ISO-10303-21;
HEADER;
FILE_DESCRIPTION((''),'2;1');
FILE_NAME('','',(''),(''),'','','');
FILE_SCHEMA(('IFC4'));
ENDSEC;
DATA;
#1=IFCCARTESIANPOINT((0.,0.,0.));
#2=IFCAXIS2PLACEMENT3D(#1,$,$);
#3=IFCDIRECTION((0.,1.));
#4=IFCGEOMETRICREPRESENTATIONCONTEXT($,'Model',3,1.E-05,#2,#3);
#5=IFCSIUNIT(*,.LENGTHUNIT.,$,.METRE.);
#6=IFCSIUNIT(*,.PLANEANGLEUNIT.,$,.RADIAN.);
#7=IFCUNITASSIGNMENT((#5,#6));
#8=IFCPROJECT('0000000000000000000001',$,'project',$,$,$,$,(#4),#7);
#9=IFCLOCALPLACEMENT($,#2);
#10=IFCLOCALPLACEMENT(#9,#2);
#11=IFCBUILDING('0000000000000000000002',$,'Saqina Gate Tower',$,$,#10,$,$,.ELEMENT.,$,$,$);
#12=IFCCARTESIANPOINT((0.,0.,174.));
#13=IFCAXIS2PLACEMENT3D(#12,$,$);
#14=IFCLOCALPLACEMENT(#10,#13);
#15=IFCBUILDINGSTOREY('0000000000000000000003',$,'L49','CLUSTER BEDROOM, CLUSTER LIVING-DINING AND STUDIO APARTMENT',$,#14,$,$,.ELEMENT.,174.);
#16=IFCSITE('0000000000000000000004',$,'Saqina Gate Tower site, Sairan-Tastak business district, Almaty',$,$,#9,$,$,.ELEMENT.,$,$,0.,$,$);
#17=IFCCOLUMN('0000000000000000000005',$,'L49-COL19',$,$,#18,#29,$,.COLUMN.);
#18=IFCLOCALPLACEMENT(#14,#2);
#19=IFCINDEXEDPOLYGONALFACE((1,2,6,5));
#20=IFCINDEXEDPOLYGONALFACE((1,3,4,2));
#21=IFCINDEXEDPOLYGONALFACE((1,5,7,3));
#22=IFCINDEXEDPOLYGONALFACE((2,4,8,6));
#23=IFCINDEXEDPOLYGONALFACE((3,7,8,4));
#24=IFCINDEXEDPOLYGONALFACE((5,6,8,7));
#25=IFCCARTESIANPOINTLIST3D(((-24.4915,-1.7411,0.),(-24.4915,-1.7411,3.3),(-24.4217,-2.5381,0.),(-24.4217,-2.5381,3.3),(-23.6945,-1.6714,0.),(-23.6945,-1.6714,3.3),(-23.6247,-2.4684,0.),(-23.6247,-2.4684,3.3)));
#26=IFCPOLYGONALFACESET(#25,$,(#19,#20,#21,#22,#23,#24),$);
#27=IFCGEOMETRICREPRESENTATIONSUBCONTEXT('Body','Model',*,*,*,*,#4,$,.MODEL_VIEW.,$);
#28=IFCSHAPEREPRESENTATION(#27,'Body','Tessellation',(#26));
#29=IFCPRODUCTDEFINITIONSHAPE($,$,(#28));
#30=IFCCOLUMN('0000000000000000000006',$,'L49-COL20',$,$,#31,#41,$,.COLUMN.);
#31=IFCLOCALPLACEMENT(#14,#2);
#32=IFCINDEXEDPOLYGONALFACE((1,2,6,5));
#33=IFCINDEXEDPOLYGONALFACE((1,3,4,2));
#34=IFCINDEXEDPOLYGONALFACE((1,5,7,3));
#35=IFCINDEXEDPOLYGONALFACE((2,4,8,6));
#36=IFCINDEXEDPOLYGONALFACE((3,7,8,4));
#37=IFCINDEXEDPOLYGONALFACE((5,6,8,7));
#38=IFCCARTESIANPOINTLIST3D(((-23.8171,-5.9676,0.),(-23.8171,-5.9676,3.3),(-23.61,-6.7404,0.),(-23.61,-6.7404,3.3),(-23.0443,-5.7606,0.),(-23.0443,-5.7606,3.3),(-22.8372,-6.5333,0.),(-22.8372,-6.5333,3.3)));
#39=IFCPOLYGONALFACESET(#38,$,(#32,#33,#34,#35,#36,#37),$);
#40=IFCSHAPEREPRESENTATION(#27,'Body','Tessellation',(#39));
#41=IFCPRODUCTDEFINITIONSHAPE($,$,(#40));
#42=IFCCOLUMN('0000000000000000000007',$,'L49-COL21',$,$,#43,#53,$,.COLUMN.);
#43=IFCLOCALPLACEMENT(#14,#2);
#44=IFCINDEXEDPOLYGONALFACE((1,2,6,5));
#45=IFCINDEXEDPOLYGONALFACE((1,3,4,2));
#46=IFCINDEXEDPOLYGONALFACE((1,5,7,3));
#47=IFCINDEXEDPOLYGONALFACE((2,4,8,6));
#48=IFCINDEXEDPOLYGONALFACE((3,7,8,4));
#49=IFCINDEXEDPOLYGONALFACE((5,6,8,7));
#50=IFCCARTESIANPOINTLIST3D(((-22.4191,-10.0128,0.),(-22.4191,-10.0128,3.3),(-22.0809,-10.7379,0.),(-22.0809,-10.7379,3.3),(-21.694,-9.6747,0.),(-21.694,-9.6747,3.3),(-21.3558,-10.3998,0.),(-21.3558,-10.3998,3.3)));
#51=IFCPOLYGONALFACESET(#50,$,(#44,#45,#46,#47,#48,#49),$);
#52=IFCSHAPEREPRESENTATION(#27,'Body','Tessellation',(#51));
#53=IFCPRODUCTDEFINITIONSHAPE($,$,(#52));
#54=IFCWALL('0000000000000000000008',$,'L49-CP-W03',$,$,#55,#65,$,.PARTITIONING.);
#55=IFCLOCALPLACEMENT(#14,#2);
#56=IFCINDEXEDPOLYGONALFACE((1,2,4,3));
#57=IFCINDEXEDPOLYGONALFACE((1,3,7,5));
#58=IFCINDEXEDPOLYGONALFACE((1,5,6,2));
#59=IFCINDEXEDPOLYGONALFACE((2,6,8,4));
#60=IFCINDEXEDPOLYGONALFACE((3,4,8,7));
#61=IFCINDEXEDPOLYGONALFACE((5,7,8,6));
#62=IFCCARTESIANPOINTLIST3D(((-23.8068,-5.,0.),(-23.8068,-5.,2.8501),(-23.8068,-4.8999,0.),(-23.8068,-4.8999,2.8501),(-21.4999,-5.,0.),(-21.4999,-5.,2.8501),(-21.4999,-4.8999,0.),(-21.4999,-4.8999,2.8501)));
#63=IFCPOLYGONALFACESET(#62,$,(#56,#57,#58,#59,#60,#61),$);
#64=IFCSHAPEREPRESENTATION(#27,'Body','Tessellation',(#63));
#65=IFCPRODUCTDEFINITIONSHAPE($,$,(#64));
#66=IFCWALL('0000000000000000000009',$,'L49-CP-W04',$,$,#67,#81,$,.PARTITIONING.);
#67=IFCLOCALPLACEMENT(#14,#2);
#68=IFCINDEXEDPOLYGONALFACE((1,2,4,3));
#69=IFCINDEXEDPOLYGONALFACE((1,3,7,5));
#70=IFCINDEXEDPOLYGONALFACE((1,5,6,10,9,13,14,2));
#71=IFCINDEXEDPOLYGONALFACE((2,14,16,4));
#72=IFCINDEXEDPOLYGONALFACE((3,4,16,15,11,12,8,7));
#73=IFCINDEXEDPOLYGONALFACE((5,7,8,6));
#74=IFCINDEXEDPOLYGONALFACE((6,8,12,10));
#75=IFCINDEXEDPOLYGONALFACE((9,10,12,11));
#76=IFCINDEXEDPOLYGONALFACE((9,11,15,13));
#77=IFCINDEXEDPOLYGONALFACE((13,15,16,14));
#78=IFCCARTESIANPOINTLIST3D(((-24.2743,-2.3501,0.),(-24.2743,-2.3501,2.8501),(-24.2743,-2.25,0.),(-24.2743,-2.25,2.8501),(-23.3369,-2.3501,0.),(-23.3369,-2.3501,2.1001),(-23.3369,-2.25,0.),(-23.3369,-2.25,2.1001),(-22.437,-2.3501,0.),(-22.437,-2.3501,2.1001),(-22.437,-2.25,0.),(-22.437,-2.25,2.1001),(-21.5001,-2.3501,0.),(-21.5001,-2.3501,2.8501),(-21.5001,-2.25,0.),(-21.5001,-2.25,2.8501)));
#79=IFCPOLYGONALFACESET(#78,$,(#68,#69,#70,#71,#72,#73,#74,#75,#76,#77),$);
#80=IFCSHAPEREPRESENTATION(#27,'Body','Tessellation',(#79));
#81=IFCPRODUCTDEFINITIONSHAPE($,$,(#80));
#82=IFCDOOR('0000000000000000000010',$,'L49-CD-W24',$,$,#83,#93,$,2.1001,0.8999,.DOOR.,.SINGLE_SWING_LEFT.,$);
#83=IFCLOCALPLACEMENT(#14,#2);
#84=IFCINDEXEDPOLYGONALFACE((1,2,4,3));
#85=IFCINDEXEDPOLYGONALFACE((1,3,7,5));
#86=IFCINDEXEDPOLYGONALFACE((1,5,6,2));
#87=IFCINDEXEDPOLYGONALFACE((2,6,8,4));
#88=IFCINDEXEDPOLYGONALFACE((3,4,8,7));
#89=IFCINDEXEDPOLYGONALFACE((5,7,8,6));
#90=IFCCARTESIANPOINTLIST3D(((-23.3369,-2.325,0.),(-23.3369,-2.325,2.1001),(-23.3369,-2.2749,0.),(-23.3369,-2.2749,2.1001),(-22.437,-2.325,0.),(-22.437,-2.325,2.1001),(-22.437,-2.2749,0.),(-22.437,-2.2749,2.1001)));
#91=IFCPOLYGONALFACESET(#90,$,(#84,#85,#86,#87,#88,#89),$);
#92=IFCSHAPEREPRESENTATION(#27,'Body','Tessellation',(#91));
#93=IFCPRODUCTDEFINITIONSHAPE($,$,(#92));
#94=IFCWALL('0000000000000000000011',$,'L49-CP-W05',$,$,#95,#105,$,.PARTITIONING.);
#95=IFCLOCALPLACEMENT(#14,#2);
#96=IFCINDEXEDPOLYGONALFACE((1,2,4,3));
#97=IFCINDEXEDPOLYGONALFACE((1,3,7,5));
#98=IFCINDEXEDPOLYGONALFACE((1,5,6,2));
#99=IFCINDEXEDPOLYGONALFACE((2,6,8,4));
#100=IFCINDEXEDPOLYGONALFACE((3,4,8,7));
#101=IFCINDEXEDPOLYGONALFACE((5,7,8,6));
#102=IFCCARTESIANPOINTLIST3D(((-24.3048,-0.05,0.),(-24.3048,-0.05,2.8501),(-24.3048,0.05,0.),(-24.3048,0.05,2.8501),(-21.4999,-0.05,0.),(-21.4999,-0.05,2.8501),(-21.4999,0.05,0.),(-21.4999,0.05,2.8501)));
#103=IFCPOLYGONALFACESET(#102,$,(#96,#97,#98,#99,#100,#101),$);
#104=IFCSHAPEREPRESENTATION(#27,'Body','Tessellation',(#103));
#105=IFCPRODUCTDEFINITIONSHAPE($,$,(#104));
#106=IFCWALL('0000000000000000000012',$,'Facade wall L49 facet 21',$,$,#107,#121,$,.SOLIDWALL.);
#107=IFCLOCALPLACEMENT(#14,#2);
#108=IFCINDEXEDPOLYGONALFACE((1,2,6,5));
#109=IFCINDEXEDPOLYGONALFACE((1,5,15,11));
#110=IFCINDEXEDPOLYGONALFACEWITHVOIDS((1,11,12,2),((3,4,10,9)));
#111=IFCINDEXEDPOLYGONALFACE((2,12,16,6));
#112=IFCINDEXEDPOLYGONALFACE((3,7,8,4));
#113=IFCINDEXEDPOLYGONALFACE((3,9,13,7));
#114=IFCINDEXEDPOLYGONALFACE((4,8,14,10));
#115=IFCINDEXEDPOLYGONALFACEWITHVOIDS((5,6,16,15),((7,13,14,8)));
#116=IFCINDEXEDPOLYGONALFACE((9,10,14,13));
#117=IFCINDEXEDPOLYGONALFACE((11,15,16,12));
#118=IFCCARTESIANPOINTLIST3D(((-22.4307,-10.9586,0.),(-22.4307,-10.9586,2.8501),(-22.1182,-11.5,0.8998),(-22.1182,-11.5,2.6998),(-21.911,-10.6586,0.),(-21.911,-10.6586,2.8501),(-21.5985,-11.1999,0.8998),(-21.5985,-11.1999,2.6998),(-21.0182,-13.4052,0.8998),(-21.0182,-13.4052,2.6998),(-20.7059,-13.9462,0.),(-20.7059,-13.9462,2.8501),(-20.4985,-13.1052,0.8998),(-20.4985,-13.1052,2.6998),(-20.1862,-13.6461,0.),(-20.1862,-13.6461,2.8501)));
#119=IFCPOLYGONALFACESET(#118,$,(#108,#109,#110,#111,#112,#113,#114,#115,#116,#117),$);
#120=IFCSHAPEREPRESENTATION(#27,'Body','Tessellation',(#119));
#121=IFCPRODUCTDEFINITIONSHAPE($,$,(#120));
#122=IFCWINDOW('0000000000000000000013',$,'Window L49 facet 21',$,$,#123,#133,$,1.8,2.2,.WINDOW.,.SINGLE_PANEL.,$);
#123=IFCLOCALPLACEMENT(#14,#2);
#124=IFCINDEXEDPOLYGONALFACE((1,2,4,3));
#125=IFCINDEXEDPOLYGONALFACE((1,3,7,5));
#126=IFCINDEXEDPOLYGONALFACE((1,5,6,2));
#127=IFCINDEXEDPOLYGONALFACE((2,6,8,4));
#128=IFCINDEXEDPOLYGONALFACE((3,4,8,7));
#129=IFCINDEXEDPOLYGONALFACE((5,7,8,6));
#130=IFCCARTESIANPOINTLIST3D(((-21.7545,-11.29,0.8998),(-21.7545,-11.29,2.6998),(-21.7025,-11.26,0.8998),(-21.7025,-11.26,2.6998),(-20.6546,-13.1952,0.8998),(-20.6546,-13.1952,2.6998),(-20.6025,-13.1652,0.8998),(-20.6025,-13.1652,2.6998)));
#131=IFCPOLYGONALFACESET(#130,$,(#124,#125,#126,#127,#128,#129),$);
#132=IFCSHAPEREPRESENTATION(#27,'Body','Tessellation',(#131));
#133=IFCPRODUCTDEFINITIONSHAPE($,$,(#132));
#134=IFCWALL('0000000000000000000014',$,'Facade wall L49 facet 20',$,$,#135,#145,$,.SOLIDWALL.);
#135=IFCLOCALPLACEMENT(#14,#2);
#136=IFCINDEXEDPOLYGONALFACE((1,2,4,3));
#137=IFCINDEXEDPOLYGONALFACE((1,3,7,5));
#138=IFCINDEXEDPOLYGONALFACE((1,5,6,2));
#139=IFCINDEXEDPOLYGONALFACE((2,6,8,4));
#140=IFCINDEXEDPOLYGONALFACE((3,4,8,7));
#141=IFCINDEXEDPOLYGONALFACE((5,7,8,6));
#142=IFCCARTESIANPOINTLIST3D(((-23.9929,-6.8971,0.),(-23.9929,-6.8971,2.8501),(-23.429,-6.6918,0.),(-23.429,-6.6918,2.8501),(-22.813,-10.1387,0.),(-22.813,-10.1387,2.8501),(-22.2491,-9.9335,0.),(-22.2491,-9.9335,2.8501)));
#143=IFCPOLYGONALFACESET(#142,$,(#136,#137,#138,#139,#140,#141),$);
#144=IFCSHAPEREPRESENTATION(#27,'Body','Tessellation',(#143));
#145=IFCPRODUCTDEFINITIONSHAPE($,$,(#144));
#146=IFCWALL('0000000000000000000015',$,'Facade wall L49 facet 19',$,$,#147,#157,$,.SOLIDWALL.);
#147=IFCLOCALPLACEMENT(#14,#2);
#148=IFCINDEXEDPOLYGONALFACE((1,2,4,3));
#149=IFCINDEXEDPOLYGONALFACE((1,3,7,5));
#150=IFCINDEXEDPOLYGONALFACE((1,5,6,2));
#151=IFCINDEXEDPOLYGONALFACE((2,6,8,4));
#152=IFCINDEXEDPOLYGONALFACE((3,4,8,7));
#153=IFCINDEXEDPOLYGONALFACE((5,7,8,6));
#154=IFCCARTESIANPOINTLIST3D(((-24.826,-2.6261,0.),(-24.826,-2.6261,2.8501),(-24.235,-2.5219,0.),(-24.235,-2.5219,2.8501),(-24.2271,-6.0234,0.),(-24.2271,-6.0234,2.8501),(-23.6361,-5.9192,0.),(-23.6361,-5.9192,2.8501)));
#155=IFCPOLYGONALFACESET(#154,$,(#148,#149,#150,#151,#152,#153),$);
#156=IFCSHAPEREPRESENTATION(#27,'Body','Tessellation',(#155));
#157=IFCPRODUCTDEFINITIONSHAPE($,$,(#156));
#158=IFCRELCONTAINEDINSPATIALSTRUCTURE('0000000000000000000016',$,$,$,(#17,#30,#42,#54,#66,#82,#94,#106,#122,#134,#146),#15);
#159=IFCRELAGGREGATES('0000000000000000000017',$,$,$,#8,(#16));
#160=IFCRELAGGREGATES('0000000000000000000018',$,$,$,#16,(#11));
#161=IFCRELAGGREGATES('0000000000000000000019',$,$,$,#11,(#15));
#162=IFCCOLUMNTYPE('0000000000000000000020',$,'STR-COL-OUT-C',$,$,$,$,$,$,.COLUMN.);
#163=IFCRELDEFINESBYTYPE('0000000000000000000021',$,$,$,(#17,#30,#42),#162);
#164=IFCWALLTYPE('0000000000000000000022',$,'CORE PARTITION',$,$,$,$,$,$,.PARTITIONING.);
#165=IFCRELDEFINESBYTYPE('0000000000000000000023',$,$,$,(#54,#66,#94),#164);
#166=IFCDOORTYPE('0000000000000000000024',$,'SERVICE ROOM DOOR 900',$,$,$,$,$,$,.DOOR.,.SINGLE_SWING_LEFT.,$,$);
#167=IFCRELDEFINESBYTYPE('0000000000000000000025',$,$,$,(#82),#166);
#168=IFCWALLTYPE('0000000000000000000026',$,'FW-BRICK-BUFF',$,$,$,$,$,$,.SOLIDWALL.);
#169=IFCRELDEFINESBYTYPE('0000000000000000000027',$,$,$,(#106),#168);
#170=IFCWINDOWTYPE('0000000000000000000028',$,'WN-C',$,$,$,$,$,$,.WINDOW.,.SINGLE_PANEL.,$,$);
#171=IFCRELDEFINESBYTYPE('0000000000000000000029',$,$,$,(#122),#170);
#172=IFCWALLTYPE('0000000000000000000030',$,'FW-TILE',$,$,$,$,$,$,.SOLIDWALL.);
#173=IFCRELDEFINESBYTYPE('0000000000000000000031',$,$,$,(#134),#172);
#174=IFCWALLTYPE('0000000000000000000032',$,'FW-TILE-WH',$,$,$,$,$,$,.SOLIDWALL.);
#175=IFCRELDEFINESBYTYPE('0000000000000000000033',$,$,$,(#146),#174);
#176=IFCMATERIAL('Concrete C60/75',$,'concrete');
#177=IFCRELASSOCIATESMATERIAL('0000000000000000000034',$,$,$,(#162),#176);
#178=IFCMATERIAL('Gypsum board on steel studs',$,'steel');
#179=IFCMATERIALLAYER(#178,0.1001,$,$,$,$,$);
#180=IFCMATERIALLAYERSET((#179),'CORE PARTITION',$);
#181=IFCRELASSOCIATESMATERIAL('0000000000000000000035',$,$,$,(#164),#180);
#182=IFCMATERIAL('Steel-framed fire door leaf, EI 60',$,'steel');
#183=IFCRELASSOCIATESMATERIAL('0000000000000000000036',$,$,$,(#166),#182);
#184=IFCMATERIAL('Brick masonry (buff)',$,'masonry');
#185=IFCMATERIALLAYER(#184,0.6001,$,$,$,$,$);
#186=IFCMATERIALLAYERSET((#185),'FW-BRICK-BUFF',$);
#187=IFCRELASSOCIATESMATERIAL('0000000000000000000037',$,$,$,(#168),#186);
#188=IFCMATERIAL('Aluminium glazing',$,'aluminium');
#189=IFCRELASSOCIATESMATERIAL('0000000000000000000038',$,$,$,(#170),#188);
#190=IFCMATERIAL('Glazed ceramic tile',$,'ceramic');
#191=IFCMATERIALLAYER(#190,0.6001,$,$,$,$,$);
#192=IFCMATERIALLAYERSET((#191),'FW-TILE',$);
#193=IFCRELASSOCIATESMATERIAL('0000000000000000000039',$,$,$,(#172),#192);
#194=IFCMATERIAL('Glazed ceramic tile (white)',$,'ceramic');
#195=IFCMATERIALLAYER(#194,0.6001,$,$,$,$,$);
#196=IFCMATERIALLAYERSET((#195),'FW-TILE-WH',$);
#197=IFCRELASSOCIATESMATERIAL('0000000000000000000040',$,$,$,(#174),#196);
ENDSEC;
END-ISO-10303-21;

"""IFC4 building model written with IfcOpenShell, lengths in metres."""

from ifc_helpers import new_model, si_unit, direction, frame, frame_2d, origin, origin_2d, place, context, subcontext, project, spatial, rectangle, extrude, material, layer, layer_set, material_profile, profile_set, type_object, element, fill, save


model = new_model("IFC4")

# Units and contexts
model_context = context("Model", 3, precision=1e-05, world=origin(), true_north=direction((0.0, 1.0)))
body_context = subcontext(model_context, "Body", "Model", "MODEL_VIEW")
ifc_project = project(units=[si_unit("LENGTHUNIT", "METRE"), si_unit("PLANEANGLEUNIT", "RADIAN")], contexts=[model_context])

# Site, building, storey
site_placement = place(None, origin())
site = spatial("IfcSite", under=ifc_project, at=site_placement, Name="Saqina Gate Tower site, Sairan-Tastak business district, Almaty", CompositionType="ELEMENT", RefElevation=0.0)
building_placement = place(site_placement, origin())
building = spatial("IfcBuilding", under=site, at=building_placement, Name="Saqina Gate Tower", CompositionType="ELEMENT")
storey_placement = place(building_placement, frame((0.0, 0.0, 174.0)))
storey = spatial("IfcBuildingStorey", under=building, at=storey_placement, Name="L49", Description="CLUSTER BEDROOM, CLUSTER LIVING-DINING AND STUDIO APARTMENT", CompositionType="ELEMENT", Elevation=174.0)

# Columns
ifc_material_1 = material(Name="Concrete C60/75", Category="concrete")
ifc_material_profile = material_profile(ifc_material_1, rectangle(XDim=0.8, YDim=0.8, at=origin_2d()), Name="RC 800x800")
ifc_profile_set = profile_set([ifc_material_profile], Name="Concrete C60/75")
column_type = type_object("IfcColumnType", Name="STR-COL-OUT-C", PredefinedType="COLUMN", material=ifc_profile_set)
for number, where, z_axis, x_axis, name in (
    (1, (-24.0581, -2.1047, 0.0), (0.0, 0.0, 1.0), (-0.996195, -0.087156, 0.0), "L49-COL19"),
    (2, (-23.3271, -6.2505, 0.0), (0.0, 0.0, 1.0), (-0.965926, -0.258819, 0.0), "L49-COL20"),
    (3, (-21.8875, -10.2063, 0.0), (0.0, 0.0, 1.0), (-0.906308, -0.422618, 0.0), "L49-COL21"),
):
    element("IfcColumn", number, at=place(storey_placement, frame(where, z_axis=z_axis, x_axis=x_axis)), inside=storey, type_object=column_type, Name=name, PredefinedType="COLUMN", context=body_context, shape_type="SweptSolid", body=[
        extrude(rectangle(XDim=0.8, YDim=0.8, at=origin_2d()), origin(), (0.0, 0.0, 1.0), 3.3),
    ])

# Wall
ifc_material_2 = material(Name="Gypsum board on steel studs", Category="steel")
ifc_layer_1 = layer(ifc_material_2, 0.1001)
ifc_layer_set_1 = layer_set([ifc_layer_1], Name="CORE PARTITION")
wall_type_1 = type_object("IfcWallType", Name="CORE PARTITION", PredefinedType="PARTITIONING", material=ifc_layer_set_1)
wall_1_placement = place(storey_placement, frame((-21.5, -4.95, 0.0), z_axis=(0.0, 0.0, 1.0), x_axis=(-1.0, 0.0, 0.0)))
element("IfcWall", 4, at=wall_1_placement, inside=storey, type_object=wall_type_1, Name="L49-CP-W03", PredefinedType="PARTITIONING", context=body_context, shape_type="SweptSolid", body=[
    extrude(rectangle(XDim=2.3069, YDim=0.1001, at=frame_2d((1.1533, 0.0))), origin(), (0.0, 0.0, 1.0), 2.8501),
])

# Wall, opening, door
wall_2_placement = place(storey_placement, frame((-21.5, -2.3, 0.0), z_axis=(0.0, 0.0, 1.0), x_axis=(-1.0, 0.0, 0.0)))
wall_2 = element("IfcWall", 5, at=wall_2_placement, inside=storey, type_object=wall_type_1, Name="L49-CP-W04", PredefinedType="PARTITIONING", context=body_context, shape_type="SweptSolid", body=[
    extrude(rectangle(XDim=2.7742, YDim=0.1001, at=frame_2d((1.3872, 0.0))), origin(), (0.0, 0.0, 1.0), 2.8501),
])
opening_1_placement = place(wall_2_placement, frame((0.937, 0.0, 0.0)))
opening_1 = element("IfcOpeningElement", 6, at=opening_1_placement, cuts=wall_2, PredefinedType="OPENING", context=body_context, shape_type="SweptSolid", body=[
    extrude(rectangle(XDim=0.8999, YDim=2.1001, at=frame_2d((0.45, 1.05))), frame((0.0, 0.062, 0.0), z_axis=(0.0, -1.0, 0.0), x_axis=(1.0, 0.0, 0.0)), (0.0, 0.0, 1.0), 0.124),
])
ifc_material_3 = material(Name="Steel-framed fire door leaf, EI 60", Category="steel")
door_type_1 = type_object("IfcDoorType", Name="SERVICE ROOM DOOR 900", OperationType="SINGLE_SWING_LEFT", PredefinedType="DOOR", material=ifc_material_3)
door_1_placement = place(opening_1_placement, origin())
door_1 = element("IfcDoor", 7, at=door_1_placement, inside=storey, type_object=door_type_1, Name="L49-CD-W24", OperationType="SINGLE_SWING_LEFT", OverallHeight=2.1001, OverallWidth=0.8999, PredefinedType="DOOR", context=body_context, shape_type="SweptSolid", body=[
    extrude(rectangle(XDim=0.8999, YDim=2.1001, at=frame_2d((0.45, 1.05))), frame((0.0, 0.0249, 0.0), z_axis=(0.0, -1.0, 0.0), x_axis=(1.0, 0.0, 0.0)), (0.0, 0.0, 1.0), 0.05),
])
fill(opening_1, door_1)

# Wall
wall_3_placement = place(storey_placement, frame((-21.5, 0.0, 0.0), z_axis=(0.0, 0.0, 1.0), x_axis=(-1.0, 0.0, 0.0)))
element("IfcWall", 8, at=wall_3_placement, inside=storey, type_object=wall_type_1, Name="L49-CP-W05", PredefinedType="PARTITIONING", context=body_context, shape_type="SweptSolid", body=[
    extrude(rectangle(XDim=2.8049, YDim=0.1001, at=frame_2d((1.4023, 0.0))), origin(), (0.0, 0.0, 1.0), 2.8501),
])

# Wall, opening, window
ifc_material_4 = material(Name="Brick masonry (buff)", Category="masonry")
ifc_layer_2 = layer(ifc_material_4, 0.6001)
ifc_layer_set_2 = layer_set([ifc_layer_2], Name="FW-BRICK-BUFF")
wall_type_2 = type_object("IfcWallType", Name="FW-BRICK-BUFF", PredefinedType="SOLIDWALL", material=ifc_layer_set_2)
wall_4_placement = place(storey_placement, frame((-22.1709, -10.8086, 0.0), z_axis=(0.0, 0.0, 1.0), x_axis=(0.499998, -0.866026, 0.0)))
wall_4 = element("IfcWall", 9, at=wall_4_placement, inside=storey, type_object=wall_type_2, Name="Facade wall L49 facet 21", PredefinedType="SOLIDWALL", context=body_context, shape_type="SweptSolid", body=[
    extrude(rectangle(XDim=3.4497, YDim=0.6001, at=frame_2d((1.7249, 0.0))), origin(), (0.0, 0.0, 1.0), 2.8501),
])
opening_2_placement = place(wall_4_placement, frame((0.625, 0.0, 0.8999)))
opening_2 = element("IfcOpeningElement", 10, at=opening_2_placement, cuts=wall_4, PredefinedType="OPENING", context=body_context, shape_type="SweptSolid", body=[
    extrude(rectangle(XDim=2.2, YDim=1.8, at=frame_2d((1.1001, 0.8999))), frame((0.0, 0.312, 0.0), z_axis=(0.0, -1.0, 0.0), x_axis=(1.0, 0.0, 0.0)), (0.0, 0.0, 1.0), 0.624),
])
ifc_material_5 = material(Name="Aluminium glazing", Category="aluminium")
window_type = type_object("IfcWindowType", Name="WN-C", PartitioningType="SINGLE_PANEL", PredefinedType="WINDOW", material=ifc_material_5)
window_placement = place(opening_2_placement, origin())
window = element("IfcWindow", 11, at=window_placement, inside=storey, type_object=window_type, Name="Window L49 facet 21", OverallHeight=1.8, OverallWidth=2.2, PartitioningType="SINGLE_PANEL", PredefinedType="WINDOW", context=body_context, shape_type="SweptSolid", body=[
    extrude(rectangle(XDim=2.2, YDim=1.8, at=frame_2d((1.1001, 0.8999))), frame((0.0, 0.1799, 0.0), z_axis=(0.0, -1.0, 0.0), x_axis=(1.0, 0.0, 0.0)), (0.0, 0.0, 1.0), 0.0601),
])
fill(opening_2, window)

# Walls
ifc_material_6 = material(Name="Glazed ceramic tile", Category="ceramic")
ifc_layer_3 = layer(ifc_material_6, 0.6001)
ifc_layer_set_3 = layer_set([ifc_layer_3], Name="FW-TILE")
wall_type_3 = type_object("IfcWallType", Name="FW-TILE", PredefinedType="SOLIDWALL", material=ifc_layer_set_3)
wall_5_placement = place(storey_placement, frame((-23.7109, -6.7944, 0.0), z_axis=(0.0, 0.0, 1.0), x_axis=(0.342033, -0.939688, 0.0)))
element("IfcWall", 12, at=wall_5_placement, inside=storey, type_object=wall_type_3, Name="Facade wall L49 facet 20", PredefinedType="SOLIDWALL", context=body_context, shape_type="SweptSolid", body=[
    extrude(rectangle(XDim=3.4497, YDim=0.6001, at=frame_2d((1.7249, 0.0))), origin(), (0.0, 0.0, 1.0), 2.8501),
])
ifc_material_7 = material(Name="Glazed ceramic tile (white)", Category="ceramic")
ifc_layer_4 = layer(ifc_material_7, 0.6001)
ifc_layer_set_4 = layer_set([ifc_layer_4], Name="FW-TILE-WH")
wall_type_4 = type_object("IfcWallType", Name="FW-TILE-WH", PredefinedType="SOLIDWALL", material=ifc_layer_set_4)
wall_6_placement = place(storey_placement, frame((-24.5305, -2.574, 0.0), z_axis=(0.0, 0.0, 1.0), x_axis=(0.173608, -0.984815, 0.0)))
element("IfcWall", 13, at=wall_6_placement, inside=storey, type_object=wall_type_4, Name="Facade wall L49 facet 19", PredefinedType="SOLIDWALL", context=body_context, shape_type="SweptSolid", body=[
    extrude(rectangle(XDim=3.4497, YDim=0.6001, at=frame_2d((1.7249, 0.0))), origin(), (0.0, 0.0, 1.0), 2.8501),
])

save(model, "model.ifc")
